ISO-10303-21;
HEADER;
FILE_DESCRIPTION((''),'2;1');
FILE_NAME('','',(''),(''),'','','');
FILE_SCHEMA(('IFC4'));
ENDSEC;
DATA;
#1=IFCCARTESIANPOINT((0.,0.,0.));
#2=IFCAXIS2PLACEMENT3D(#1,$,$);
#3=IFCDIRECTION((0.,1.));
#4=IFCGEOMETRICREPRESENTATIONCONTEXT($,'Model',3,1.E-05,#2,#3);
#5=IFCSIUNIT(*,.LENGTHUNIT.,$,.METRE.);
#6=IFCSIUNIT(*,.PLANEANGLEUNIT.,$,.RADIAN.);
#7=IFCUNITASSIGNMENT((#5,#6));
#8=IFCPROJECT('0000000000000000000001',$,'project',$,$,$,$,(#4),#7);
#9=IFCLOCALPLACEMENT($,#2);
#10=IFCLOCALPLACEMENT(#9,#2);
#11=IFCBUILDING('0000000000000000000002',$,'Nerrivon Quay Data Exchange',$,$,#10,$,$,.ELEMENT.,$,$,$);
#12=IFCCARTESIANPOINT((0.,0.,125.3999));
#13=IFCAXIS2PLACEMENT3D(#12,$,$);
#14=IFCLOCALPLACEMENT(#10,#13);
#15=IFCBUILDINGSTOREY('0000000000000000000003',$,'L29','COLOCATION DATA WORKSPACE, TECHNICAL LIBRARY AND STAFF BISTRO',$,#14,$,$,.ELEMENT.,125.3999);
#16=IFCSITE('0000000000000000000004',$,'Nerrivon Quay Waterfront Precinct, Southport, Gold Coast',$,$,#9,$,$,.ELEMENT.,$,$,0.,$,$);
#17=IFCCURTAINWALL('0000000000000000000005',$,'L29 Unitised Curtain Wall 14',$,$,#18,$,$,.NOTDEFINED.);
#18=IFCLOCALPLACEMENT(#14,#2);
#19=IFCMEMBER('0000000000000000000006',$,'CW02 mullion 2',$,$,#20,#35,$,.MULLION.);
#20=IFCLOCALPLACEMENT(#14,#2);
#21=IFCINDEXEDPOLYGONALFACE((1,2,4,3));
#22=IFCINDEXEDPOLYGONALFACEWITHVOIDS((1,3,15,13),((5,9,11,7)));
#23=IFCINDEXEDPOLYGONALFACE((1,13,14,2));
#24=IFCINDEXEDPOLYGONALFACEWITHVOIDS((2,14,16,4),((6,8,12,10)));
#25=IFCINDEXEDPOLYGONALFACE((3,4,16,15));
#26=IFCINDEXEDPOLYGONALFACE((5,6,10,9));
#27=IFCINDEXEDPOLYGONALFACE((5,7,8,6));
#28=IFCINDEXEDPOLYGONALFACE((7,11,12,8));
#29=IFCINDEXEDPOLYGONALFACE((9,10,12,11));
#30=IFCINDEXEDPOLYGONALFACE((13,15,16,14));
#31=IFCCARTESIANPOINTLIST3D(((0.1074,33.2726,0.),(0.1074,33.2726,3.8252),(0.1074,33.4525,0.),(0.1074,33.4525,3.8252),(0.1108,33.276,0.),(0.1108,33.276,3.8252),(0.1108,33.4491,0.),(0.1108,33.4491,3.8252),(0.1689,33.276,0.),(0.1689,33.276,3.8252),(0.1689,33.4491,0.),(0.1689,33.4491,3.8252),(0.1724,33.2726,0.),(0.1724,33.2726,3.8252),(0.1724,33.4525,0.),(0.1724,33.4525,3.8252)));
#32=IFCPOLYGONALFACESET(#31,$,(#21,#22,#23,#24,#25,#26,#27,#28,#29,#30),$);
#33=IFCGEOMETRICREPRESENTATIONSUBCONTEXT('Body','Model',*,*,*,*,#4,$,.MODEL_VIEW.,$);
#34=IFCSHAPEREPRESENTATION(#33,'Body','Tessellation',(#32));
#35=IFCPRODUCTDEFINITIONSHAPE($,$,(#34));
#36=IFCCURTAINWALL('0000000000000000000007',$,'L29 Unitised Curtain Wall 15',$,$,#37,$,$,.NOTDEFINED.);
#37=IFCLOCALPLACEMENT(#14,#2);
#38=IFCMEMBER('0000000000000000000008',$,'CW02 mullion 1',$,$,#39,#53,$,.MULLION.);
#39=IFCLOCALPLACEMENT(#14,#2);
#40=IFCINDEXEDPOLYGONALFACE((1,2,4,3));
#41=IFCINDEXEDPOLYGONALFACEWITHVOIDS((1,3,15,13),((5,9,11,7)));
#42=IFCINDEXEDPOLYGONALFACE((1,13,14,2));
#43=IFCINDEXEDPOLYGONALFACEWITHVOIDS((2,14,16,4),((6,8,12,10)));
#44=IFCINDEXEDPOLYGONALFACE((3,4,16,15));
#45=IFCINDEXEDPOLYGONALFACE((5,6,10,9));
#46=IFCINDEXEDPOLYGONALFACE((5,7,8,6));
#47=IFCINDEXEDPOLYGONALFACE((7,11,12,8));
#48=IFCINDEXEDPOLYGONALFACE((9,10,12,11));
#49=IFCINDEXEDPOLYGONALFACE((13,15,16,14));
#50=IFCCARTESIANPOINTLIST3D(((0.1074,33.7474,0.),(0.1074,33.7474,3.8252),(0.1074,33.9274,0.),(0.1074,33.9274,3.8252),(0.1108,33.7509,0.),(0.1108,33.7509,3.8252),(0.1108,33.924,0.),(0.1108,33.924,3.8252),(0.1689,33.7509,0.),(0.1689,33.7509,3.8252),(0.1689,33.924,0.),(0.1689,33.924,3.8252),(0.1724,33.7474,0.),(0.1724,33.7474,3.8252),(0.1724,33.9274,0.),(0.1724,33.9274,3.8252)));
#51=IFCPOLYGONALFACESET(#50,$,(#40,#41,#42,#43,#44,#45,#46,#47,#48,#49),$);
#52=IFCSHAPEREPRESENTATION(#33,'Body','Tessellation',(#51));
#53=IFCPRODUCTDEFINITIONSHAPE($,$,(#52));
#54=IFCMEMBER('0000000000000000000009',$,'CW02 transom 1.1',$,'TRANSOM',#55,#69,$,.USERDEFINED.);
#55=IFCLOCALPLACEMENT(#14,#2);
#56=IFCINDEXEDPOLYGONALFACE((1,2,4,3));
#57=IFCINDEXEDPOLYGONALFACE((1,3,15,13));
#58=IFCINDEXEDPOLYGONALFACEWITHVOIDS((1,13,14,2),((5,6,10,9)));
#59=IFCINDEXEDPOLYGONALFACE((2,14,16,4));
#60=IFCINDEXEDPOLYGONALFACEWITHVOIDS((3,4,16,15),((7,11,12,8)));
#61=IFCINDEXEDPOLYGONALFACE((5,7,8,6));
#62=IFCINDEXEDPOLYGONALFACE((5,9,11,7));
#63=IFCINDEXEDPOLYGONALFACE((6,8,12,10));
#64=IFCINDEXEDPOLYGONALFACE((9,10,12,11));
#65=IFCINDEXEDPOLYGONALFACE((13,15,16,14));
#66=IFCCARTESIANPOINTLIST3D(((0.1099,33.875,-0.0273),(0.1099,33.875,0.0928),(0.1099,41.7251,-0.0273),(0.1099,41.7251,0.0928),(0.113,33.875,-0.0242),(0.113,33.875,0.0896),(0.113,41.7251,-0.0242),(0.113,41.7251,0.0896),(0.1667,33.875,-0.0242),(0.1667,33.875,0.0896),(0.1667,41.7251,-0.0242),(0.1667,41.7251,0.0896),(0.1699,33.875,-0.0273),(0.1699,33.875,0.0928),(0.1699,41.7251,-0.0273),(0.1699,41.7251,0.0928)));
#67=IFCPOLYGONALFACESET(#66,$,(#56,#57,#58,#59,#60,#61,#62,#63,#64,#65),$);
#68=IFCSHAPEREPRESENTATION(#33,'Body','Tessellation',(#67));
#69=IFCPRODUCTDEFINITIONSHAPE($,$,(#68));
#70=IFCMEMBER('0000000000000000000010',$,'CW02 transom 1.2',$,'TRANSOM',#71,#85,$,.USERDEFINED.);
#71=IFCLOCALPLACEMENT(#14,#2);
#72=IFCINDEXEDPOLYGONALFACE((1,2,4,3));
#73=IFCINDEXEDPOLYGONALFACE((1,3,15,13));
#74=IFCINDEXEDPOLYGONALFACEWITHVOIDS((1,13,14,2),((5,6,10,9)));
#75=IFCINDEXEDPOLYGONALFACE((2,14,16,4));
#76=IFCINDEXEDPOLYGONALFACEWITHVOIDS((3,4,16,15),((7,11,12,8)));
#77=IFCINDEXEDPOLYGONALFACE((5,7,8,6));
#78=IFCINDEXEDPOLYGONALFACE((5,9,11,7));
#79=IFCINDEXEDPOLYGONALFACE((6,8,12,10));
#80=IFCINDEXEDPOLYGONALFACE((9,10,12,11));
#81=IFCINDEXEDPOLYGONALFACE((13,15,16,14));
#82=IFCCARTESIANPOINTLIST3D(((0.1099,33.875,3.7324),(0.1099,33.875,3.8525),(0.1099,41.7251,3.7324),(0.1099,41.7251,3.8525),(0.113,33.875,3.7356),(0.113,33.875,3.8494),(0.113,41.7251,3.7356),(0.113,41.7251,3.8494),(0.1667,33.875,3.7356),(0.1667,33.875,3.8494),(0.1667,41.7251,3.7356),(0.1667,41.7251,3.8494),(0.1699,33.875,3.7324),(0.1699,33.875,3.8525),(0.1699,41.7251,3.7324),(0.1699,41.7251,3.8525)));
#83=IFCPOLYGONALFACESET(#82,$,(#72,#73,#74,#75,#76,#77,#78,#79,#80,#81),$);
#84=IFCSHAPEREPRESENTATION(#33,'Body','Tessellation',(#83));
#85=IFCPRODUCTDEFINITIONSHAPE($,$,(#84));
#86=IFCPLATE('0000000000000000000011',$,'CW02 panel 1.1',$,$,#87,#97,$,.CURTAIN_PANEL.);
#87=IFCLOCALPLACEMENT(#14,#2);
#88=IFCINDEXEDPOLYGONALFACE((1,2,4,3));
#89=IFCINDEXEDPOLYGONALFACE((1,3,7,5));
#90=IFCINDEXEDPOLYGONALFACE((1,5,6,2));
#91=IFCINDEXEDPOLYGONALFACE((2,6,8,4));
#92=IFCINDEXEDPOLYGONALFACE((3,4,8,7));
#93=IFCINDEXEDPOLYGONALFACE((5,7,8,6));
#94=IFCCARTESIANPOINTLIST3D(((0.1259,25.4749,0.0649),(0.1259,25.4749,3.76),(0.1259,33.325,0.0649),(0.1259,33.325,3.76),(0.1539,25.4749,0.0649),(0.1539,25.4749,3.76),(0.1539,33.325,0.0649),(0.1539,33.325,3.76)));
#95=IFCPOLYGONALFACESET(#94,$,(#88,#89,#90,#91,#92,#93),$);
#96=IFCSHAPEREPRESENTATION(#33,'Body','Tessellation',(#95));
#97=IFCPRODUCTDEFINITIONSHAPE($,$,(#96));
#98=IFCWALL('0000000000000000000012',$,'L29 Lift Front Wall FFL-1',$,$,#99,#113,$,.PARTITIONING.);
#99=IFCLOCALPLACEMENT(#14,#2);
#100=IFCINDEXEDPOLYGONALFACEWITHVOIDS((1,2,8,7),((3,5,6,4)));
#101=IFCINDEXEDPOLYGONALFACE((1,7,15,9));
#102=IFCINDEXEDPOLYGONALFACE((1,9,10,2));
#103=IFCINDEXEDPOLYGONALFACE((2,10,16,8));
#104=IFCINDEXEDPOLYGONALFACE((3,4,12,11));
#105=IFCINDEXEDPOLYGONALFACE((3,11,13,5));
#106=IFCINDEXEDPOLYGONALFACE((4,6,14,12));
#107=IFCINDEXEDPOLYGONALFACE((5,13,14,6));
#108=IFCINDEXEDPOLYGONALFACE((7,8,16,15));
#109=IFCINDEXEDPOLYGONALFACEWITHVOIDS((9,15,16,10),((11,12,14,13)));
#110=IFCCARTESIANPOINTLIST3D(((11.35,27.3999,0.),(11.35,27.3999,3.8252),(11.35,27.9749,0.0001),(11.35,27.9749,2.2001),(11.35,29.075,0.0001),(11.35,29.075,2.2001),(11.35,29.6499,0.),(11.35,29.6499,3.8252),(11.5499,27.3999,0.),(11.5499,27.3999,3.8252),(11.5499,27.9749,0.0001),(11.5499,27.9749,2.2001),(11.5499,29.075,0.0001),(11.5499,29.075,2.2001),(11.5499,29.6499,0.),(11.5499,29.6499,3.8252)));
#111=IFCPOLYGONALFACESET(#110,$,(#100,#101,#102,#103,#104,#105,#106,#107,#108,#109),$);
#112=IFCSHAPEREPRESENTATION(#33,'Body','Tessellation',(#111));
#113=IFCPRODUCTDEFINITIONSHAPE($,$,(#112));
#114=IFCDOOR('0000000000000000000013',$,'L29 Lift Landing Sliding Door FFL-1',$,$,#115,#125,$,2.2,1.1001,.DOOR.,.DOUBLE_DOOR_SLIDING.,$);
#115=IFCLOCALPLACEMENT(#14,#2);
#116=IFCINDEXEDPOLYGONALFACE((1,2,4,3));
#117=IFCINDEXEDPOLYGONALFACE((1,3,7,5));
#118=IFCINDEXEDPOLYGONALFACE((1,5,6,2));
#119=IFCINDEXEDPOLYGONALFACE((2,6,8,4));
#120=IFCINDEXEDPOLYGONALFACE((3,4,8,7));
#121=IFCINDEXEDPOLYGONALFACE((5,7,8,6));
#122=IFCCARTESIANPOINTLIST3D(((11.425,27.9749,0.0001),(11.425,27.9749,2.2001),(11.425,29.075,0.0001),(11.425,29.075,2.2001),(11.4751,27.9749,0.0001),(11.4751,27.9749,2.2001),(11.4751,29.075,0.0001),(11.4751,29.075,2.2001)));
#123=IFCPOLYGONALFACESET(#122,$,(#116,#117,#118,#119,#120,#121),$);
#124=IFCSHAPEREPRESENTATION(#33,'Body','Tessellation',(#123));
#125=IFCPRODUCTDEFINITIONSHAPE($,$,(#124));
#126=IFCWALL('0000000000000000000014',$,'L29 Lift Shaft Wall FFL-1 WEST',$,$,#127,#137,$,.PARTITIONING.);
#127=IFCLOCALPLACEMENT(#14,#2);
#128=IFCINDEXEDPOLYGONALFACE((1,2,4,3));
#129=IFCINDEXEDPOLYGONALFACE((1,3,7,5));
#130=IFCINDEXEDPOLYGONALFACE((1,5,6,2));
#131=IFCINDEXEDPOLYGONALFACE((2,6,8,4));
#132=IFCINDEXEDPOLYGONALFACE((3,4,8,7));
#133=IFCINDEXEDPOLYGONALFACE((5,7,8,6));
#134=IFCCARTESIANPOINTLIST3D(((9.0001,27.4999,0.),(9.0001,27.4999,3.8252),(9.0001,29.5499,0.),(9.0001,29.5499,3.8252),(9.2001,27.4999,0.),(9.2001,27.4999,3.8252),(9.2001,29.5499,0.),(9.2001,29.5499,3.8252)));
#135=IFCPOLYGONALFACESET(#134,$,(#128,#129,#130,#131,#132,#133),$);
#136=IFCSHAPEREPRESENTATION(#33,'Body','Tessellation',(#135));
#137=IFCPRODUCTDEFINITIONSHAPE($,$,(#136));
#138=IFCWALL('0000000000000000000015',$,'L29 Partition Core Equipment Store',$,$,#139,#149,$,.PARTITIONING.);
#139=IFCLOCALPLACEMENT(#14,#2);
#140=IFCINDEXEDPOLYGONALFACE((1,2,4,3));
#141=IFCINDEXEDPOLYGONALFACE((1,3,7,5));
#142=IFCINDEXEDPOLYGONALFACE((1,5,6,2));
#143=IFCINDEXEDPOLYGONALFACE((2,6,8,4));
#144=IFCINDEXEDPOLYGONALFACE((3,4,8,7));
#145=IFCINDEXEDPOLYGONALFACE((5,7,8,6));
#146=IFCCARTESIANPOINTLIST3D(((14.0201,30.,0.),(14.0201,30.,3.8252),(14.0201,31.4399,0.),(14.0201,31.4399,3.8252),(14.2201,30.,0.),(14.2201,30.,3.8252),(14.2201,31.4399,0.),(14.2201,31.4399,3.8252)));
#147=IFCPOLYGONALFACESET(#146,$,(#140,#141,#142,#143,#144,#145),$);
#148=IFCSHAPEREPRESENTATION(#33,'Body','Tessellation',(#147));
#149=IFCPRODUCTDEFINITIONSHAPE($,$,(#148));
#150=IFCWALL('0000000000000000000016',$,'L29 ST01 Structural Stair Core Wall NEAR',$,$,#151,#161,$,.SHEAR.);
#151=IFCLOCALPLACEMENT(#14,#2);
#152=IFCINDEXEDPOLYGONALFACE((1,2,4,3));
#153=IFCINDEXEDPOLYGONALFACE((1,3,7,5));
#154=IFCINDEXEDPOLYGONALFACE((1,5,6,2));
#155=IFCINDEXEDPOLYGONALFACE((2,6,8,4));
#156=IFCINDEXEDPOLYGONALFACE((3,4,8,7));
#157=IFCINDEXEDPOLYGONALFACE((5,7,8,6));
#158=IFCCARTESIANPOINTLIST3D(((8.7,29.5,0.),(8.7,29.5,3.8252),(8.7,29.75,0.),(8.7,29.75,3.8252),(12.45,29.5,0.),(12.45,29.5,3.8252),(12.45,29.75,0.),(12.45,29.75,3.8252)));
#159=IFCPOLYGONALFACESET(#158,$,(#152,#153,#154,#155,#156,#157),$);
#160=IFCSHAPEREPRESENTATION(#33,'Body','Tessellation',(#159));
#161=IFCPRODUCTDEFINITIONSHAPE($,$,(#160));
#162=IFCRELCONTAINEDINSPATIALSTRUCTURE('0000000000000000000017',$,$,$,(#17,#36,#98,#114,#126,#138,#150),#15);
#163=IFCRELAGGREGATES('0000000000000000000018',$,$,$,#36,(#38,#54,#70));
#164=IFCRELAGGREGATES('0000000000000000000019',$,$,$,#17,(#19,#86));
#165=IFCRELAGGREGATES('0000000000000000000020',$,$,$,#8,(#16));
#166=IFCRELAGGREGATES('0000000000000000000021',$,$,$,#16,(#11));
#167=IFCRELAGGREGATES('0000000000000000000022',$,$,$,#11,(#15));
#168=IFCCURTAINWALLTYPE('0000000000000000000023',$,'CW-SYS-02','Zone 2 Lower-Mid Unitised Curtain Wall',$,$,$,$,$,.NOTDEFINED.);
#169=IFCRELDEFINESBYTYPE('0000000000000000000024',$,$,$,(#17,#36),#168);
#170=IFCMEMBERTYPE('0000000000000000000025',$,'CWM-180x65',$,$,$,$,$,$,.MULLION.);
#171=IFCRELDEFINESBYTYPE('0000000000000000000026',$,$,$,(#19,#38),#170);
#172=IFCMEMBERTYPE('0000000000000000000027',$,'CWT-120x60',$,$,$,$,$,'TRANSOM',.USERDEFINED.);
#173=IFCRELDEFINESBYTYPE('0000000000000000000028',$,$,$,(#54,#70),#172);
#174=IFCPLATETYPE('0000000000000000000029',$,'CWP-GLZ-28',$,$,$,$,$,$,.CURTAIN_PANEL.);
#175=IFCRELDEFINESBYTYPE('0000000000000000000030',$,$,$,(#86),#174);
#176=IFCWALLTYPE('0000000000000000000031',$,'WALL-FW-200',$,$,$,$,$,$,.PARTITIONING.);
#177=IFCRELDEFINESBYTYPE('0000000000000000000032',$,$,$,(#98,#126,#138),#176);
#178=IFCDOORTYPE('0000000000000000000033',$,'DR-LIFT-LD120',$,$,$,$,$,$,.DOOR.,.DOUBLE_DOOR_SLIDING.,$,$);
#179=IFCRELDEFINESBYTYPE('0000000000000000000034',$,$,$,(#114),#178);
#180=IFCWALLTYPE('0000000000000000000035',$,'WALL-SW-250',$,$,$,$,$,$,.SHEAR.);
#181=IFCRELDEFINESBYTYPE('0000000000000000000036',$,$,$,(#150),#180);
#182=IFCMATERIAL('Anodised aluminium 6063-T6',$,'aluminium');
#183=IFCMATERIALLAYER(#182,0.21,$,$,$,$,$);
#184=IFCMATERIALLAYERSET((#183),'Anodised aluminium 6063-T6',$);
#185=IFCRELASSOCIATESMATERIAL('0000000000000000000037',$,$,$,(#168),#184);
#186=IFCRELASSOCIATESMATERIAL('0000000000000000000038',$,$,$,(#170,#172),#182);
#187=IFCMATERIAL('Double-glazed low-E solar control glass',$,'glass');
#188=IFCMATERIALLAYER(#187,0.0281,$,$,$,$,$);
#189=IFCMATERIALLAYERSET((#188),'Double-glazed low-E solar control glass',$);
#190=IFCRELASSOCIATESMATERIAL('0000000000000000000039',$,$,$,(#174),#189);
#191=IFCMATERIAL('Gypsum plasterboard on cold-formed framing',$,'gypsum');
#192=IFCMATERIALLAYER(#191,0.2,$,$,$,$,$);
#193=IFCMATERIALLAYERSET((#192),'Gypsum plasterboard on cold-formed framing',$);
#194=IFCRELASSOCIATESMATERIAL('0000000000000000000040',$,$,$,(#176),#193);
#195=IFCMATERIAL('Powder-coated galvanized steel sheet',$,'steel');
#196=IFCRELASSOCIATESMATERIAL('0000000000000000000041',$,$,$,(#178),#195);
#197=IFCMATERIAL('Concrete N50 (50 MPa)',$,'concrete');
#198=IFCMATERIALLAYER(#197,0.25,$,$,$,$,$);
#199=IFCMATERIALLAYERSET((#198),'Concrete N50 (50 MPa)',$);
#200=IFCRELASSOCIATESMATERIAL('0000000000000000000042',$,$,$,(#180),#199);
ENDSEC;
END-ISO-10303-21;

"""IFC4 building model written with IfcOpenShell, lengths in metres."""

from ifc_helpers import new_model, si_unit, direction, frame, frame_2d, origin, origin_2d, place, context, subcontext, project, spatial, rectangle, hollow_rectangle, extrude, material, layer, layer_set, material_profile, profile_set, type_object, element, fill, aggregate, save


model = new_model("IFC4")

# Units and contexts
model_context = context("Model", 3, precision=1e-05, world=origin(), true_north=direction((0.0, 1.0)))
body_context = subcontext(model_context, "Body", "Model", "MODEL_VIEW")
ifc_project = project(units=[si_unit("LENGTHUNIT", "METRE"), si_unit("PLANEANGLEUNIT", "RADIAN")], contexts=[model_context])

# Site, building, storey
site_placement = place(None, origin())
site = spatial("IfcSite", under=ifc_project, at=site_placement, Name="Nerrivon Quay Waterfront Precinct, Southport, Gold Coast", CompositionType="ELEMENT", RefElevation=0.0)
building_placement = place(site_placement, origin())
building = spatial("IfcBuilding", under=site, at=building_placement, Name="Nerrivon Quay Data Exchange", CompositionType="ELEMENT")
storey_placement = place(building_placement, frame((0.0, 0.0, 125.3999)))
storey = spatial("IfcBuildingStorey", under=building, at=storey_placement, Name="L29", Description="COLOCATION DATA WORKSPACE, TECHNICAL LIBRARY AND STAFF BISTRO", CompositionType="ELEMENT", Elevation=125.3999)

# Curtain wall, member
ifc_material_1 = material(Name="Anodised aluminium 6063-T6", Category="aluminium")
ifc_layer_1 = layer(ifc_material_1, 0.21)
ifc_layer_set_1 = layer_set([ifc_layer_1], Name="Anodised aluminium 6063-T6")
curtain_wall_type = type_object("IfcCurtainWallType", Name="CW-SYS-02", Description="Zone 2 Lower-Mid Unitised Curtain Wall", PredefinedType="NOTDEFINED", material=ifc_layer_set_1)
curtain_wall_1_placement = place(storey_placement, origin())
curtain_wall_1 = element("IfcCurtainWall", 1, at=curtain_wall_1_placement, inside=storey, type_object=curtain_wall_type, Name="L29 Unitised Curtain Wall 14", PredefinedType="NOTDEFINED")
ifc_material_profile_1 = material_profile(ifc_material_1, hollow_rectangle(XDim=0.0649, YDim=0.1799, WallThickness=0.0034, at=origin_2d()), Name="ALU-MULL-180x65")
ifc_profile_set_1 = profile_set([ifc_material_profile_1], Name="Anodised aluminium 6063-T6")
member_type_1 = type_object("IfcMemberType", Name="CWM-180x65", PredefinedType="MULLION", material=ifc_profile_set_1)
member_1_placement = place(storey_placement, frame((0.1399, 33.3625, 0.0), z_axis=(0.0, 0.0, 1.0), x_axis=(-1.0, 0.0, 0.0)))
member_1 = element("IfcMember", 2, at=member_1_placement, type_object=member_type_1, Name="CW02 mullion 2", PredefinedType="MULLION", context=body_context, shape_type="SweptSolid", body=[
    extrude(hollow_rectangle(XDim=0.0649, YDim=0.1799, WallThickness=0.0034, at=origin_2d()), origin(), (0.0, 0.0, 1.0), 3.8252),
])

# Curtain wall, members
curtain_wall_2_placement = place(storey_placement, origin())
curtain_wall_2 = element("IfcCurtainWall", 3, at=curtain_wall_2_placement, inside=storey, type_object=curtain_wall_type, Name="L29 Unitised Curtain Wall 15", PredefinedType="NOTDEFINED")
member_2_placement = place(storey_placement, frame((0.1399, 33.8374, 0.0), z_axis=(0.0, 0.0, 1.0), x_axis=(-1.0, 0.0, 0.0)))
member_2 = element("IfcMember", 4, at=member_2_placement, type_object=member_type_1, Name="CW02 mullion 1", PredefinedType="MULLION", context=body_context, shape_type="SweptSolid", body=[
    extrude(hollow_rectangle(XDim=0.0649, YDim=0.1799, WallThickness=0.0034, at=origin_2d()), origin(), (0.0, 0.0, 1.0), 3.8252),
])
ifc_material_profile_2 = material_profile(ifc_material_1, hollow_rectangle(XDim=0.0601, YDim=0.1201, WallThickness=0.0032, at=origin_2d()), Name="ALU-TRAN-120x60")
ifc_profile_set_2 = profile_set([ifc_material_profile_2], Name="Anodised aluminium 6063-T6")
member_type_2 = type_object("IfcMemberType", Name="CWT-120x60", ElementType="TRANSOM", PredefinedType="USERDEFINED", material=ifc_profile_set_2)
member_3_placement = place(storey_placement, frame((0.1399, 33.875, 0.0327), z_axis=(0.0, 1.0, 0.0), x_axis=(-1.0, 0.0, 0.0)))
member_3 = element("IfcMember", 5, at=member_3_placement, type_object=member_type_2, Name="CW02 transom 1.1", ObjectType="TRANSOM", PredefinedType="USERDEFINED", context=body_context, shape_type="SweptSolid", body=[
    extrude(hollow_rectangle(XDim=0.0601, YDim=0.1201, WallThickness=0.0032, at=origin_2d()), origin(), (0.0, 0.0, 1.0), 7.8501),
])
member_4_placement = place(storey_placement, frame((0.1399, 33.875, 3.7925), z_axis=(0.0, 1.0, 0.0), x_axis=(-1.0, 0.0, 0.0)))
member_4 = element("IfcMember", 6, at=member_4_placement, type_object=member_type_2, Name="CW02 transom 1.2", ObjectType="TRANSOM", PredefinedType="USERDEFINED", context=body_context, shape_type="SweptSolid", body=[
    extrude(hollow_rectangle(XDim=0.0601, YDim=0.1201, WallThickness=0.0032, at=origin_2d()), origin(), (0.0, 0.0, 1.0), 7.8501),
])
aggregate(curtain_wall_2, [member_2, member_3, member_4])

# Plate
ifc_material_2 = material(Name="Double-glazed low-E solar control glass", Category="glass")
ifc_layer_2 = layer(ifc_material_2, 0.0281)
ifc_layer_set_2 = layer_set([ifc_layer_2], Name="Double-glazed low-E solar control glass")
plate_type = type_object("IfcPlateType", Name="CWP-GLZ-28", PredefinedType="CURTAIN_PANEL", material=ifc_layer_set_2)
plate_placement = place(storey_placement, frame((0.1399, 29.3999, 0.0649), z_axis=(0.0, 0.0, 1.0), x_axis=(0.0, 1.0, 0.0)))
plate = element("IfcPlate", 7, at=plate_placement, type_object=plate_type, Name="CW02 panel 1.1", PredefinedType="CURTAIN_PANEL", context=body_context, shape_type="SweptSolid", body=[
    extrude(rectangle(XDim=7.8501, YDim=0.0281, at=origin_2d()), origin(), (0.0, 0.0, 1.0), 3.6951),
])
aggregate(curtain_wall_1, [member_1, plate])

# Wall, opening, door
ifc_material_3 = material(Name="Gypsum plasterboard on cold-formed framing", Category="gypsum")
ifc_layer_3 = layer(ifc_material_3, 0.2)
ifc_layer_set_3 = layer_set([ifc_layer_3], Name="Gypsum plasterboard on cold-formed framing")
wall_type_1 = type_object("IfcWallType", Name="WALL-FW-200", PredefinedType="PARTITIONING", material=ifc_layer_set_3)
wall_1_placement = place(storey_placement, frame((11.45, 27.3999, 0.0), z_axis=(0.0, 0.0, 1.0), x_axis=(0.0, 1.0, 0.0)))
wall_1 = element("IfcWall", 8, at=wall_1_placement, inside=storey, type_object=wall_type_1, Name="L29 Lift Front Wall FFL-1", PredefinedType="PARTITIONING", context=body_context, shape_type="SweptSolid", body=[
    extrude(rectangle(XDim=2.25, YDim=0.2, at=frame_2d((1.125, 0.0))), origin(), (0.0, 0.0, 1.0), 3.8252),
])
opening_1_placement = place(wall_1_placement, frame((0.575, 0.0, 0.0)))
opening_1 = element("IfcOpeningElement", 9, at=opening_1_placement, cuts=wall_1, PredefinedType="OPENING", context=body_context, shape_type="SweptSolid", body=[
    extrude(rectangle(XDim=1.1001, YDim=2.2, at=frame_2d((0.55, 1.1001))), frame((0.0, 0.1099, 0.0), z_axis=(0.0, -1.0, 0.0), x_axis=(1.0, 0.0, 0.0)), (0.0, 0.0, 1.0), 0.22),
])
ifc_material_4 = material(Name="Powder-coated galvanized steel sheet", Category="steel")
door_type_1 = type_object("IfcDoorType", Name="DR-LIFT-LD120", OperationType="DOUBLE_DOOR_SLIDING", PredefinedType="DOOR", material=ifc_material_4)
door_1_placement = place(opening_1_placement, origin())
door_1 = element("IfcDoor", 10, at=door_1_placement, inside=storey, type_object=door_type_1, Name="L29 Lift Landing Sliding Door FFL-1", OperationType="DOUBLE_DOOR_SLIDING", OverallHeight=2.2, OverallWidth=1.1001, PredefinedType="DOOR", context=body_context, shape_type="SweptSolid", body=[
    extrude(rectangle(XDim=1.1001, YDim=2.2, at=frame_2d((0.55, 1.1001))), frame((0.0, 0.0249, 0.0), z_axis=(0.0, -1.0, 0.0), x_axis=(1.0, 0.0, 0.0)), (0.0, 0.0, 1.0), 0.05),
])
fill(opening_1, door_1)

# Wall
wall_2_placement = place(storey_placement, frame((9.1001, 27.5, 0.0), z_axis=(0.0, 0.0, 1.0), x_axis=(0.0, 1.0, 0.0)))
element("IfcWall", 11, at=wall_2_placement, inside=storey, type_object=wall_type_1, Name="L29 Lift Shaft Wall FFL-1 WEST", PredefinedType="PARTITIONING", context=body_context, shape_type="SweptSolid", body=[
    extrude(rectangle(XDim=2.05, YDim=0.2, at=frame_2d((1.0249, 0.0))), origin(), (0.0, 0.0, 1.0), 3.8252),
])

# Wall
wall_3_placement = place(storey_placement, frame((14.1201, 31.4399, 0.0), z_axis=(0.0, 0.0, 1.0), x_axis=(0.0, -1.0, 0.0)))
element("IfcWall", 12, at=wall_3_placement, inside=storey, type_object=wall_type_1, Name="L29 Partition Core Equipment Store", PredefinedType="PARTITIONING", context=body_context, shape_type="SweptSolid", body=[
    extrude(rectangle(XDim=1.4399, YDim=0.2, at=frame_2d((0.72, 0.0))), origin(), (0.0, 0.0, 1.0), 3.8252),
])

# Wall
ifc_material_5 = material(Name="Concrete N50 (50 MPa)", Category="concrete")
ifc_layer_4 = layer(ifc_material_5, 0.25)
ifc_layer_set_4 = layer_set([ifc_layer_4], Name="Concrete N50 (50 MPa)")
wall_type_2 = type_object("IfcWallType", Name="WALL-SW-250", PredefinedType="SHEAR", material=ifc_layer_set_4)
wall_4_placement = place(storey_placement, frame((12.45, 29.625, 0.0), z_axis=(0.0, 0.0, 1.0), x_axis=(-1.0, 0.0, 0.0)))
element("IfcWall", 13, at=wall_4_placement, inside=storey, type_object=wall_type_2, Name="L29 ST01 Structural Stair Core Wall NEAR", PredefinedType="SHEAR", context=body_context, shape_type="SweptSolid", body=[
    extrude(rectangle(XDim=3.75, YDim=0.25, at=frame_2d((1.875, 0.0))), origin(), (0.0, 0.0, 1.0), 3.8252),
])

save(model, "model.ifc")
